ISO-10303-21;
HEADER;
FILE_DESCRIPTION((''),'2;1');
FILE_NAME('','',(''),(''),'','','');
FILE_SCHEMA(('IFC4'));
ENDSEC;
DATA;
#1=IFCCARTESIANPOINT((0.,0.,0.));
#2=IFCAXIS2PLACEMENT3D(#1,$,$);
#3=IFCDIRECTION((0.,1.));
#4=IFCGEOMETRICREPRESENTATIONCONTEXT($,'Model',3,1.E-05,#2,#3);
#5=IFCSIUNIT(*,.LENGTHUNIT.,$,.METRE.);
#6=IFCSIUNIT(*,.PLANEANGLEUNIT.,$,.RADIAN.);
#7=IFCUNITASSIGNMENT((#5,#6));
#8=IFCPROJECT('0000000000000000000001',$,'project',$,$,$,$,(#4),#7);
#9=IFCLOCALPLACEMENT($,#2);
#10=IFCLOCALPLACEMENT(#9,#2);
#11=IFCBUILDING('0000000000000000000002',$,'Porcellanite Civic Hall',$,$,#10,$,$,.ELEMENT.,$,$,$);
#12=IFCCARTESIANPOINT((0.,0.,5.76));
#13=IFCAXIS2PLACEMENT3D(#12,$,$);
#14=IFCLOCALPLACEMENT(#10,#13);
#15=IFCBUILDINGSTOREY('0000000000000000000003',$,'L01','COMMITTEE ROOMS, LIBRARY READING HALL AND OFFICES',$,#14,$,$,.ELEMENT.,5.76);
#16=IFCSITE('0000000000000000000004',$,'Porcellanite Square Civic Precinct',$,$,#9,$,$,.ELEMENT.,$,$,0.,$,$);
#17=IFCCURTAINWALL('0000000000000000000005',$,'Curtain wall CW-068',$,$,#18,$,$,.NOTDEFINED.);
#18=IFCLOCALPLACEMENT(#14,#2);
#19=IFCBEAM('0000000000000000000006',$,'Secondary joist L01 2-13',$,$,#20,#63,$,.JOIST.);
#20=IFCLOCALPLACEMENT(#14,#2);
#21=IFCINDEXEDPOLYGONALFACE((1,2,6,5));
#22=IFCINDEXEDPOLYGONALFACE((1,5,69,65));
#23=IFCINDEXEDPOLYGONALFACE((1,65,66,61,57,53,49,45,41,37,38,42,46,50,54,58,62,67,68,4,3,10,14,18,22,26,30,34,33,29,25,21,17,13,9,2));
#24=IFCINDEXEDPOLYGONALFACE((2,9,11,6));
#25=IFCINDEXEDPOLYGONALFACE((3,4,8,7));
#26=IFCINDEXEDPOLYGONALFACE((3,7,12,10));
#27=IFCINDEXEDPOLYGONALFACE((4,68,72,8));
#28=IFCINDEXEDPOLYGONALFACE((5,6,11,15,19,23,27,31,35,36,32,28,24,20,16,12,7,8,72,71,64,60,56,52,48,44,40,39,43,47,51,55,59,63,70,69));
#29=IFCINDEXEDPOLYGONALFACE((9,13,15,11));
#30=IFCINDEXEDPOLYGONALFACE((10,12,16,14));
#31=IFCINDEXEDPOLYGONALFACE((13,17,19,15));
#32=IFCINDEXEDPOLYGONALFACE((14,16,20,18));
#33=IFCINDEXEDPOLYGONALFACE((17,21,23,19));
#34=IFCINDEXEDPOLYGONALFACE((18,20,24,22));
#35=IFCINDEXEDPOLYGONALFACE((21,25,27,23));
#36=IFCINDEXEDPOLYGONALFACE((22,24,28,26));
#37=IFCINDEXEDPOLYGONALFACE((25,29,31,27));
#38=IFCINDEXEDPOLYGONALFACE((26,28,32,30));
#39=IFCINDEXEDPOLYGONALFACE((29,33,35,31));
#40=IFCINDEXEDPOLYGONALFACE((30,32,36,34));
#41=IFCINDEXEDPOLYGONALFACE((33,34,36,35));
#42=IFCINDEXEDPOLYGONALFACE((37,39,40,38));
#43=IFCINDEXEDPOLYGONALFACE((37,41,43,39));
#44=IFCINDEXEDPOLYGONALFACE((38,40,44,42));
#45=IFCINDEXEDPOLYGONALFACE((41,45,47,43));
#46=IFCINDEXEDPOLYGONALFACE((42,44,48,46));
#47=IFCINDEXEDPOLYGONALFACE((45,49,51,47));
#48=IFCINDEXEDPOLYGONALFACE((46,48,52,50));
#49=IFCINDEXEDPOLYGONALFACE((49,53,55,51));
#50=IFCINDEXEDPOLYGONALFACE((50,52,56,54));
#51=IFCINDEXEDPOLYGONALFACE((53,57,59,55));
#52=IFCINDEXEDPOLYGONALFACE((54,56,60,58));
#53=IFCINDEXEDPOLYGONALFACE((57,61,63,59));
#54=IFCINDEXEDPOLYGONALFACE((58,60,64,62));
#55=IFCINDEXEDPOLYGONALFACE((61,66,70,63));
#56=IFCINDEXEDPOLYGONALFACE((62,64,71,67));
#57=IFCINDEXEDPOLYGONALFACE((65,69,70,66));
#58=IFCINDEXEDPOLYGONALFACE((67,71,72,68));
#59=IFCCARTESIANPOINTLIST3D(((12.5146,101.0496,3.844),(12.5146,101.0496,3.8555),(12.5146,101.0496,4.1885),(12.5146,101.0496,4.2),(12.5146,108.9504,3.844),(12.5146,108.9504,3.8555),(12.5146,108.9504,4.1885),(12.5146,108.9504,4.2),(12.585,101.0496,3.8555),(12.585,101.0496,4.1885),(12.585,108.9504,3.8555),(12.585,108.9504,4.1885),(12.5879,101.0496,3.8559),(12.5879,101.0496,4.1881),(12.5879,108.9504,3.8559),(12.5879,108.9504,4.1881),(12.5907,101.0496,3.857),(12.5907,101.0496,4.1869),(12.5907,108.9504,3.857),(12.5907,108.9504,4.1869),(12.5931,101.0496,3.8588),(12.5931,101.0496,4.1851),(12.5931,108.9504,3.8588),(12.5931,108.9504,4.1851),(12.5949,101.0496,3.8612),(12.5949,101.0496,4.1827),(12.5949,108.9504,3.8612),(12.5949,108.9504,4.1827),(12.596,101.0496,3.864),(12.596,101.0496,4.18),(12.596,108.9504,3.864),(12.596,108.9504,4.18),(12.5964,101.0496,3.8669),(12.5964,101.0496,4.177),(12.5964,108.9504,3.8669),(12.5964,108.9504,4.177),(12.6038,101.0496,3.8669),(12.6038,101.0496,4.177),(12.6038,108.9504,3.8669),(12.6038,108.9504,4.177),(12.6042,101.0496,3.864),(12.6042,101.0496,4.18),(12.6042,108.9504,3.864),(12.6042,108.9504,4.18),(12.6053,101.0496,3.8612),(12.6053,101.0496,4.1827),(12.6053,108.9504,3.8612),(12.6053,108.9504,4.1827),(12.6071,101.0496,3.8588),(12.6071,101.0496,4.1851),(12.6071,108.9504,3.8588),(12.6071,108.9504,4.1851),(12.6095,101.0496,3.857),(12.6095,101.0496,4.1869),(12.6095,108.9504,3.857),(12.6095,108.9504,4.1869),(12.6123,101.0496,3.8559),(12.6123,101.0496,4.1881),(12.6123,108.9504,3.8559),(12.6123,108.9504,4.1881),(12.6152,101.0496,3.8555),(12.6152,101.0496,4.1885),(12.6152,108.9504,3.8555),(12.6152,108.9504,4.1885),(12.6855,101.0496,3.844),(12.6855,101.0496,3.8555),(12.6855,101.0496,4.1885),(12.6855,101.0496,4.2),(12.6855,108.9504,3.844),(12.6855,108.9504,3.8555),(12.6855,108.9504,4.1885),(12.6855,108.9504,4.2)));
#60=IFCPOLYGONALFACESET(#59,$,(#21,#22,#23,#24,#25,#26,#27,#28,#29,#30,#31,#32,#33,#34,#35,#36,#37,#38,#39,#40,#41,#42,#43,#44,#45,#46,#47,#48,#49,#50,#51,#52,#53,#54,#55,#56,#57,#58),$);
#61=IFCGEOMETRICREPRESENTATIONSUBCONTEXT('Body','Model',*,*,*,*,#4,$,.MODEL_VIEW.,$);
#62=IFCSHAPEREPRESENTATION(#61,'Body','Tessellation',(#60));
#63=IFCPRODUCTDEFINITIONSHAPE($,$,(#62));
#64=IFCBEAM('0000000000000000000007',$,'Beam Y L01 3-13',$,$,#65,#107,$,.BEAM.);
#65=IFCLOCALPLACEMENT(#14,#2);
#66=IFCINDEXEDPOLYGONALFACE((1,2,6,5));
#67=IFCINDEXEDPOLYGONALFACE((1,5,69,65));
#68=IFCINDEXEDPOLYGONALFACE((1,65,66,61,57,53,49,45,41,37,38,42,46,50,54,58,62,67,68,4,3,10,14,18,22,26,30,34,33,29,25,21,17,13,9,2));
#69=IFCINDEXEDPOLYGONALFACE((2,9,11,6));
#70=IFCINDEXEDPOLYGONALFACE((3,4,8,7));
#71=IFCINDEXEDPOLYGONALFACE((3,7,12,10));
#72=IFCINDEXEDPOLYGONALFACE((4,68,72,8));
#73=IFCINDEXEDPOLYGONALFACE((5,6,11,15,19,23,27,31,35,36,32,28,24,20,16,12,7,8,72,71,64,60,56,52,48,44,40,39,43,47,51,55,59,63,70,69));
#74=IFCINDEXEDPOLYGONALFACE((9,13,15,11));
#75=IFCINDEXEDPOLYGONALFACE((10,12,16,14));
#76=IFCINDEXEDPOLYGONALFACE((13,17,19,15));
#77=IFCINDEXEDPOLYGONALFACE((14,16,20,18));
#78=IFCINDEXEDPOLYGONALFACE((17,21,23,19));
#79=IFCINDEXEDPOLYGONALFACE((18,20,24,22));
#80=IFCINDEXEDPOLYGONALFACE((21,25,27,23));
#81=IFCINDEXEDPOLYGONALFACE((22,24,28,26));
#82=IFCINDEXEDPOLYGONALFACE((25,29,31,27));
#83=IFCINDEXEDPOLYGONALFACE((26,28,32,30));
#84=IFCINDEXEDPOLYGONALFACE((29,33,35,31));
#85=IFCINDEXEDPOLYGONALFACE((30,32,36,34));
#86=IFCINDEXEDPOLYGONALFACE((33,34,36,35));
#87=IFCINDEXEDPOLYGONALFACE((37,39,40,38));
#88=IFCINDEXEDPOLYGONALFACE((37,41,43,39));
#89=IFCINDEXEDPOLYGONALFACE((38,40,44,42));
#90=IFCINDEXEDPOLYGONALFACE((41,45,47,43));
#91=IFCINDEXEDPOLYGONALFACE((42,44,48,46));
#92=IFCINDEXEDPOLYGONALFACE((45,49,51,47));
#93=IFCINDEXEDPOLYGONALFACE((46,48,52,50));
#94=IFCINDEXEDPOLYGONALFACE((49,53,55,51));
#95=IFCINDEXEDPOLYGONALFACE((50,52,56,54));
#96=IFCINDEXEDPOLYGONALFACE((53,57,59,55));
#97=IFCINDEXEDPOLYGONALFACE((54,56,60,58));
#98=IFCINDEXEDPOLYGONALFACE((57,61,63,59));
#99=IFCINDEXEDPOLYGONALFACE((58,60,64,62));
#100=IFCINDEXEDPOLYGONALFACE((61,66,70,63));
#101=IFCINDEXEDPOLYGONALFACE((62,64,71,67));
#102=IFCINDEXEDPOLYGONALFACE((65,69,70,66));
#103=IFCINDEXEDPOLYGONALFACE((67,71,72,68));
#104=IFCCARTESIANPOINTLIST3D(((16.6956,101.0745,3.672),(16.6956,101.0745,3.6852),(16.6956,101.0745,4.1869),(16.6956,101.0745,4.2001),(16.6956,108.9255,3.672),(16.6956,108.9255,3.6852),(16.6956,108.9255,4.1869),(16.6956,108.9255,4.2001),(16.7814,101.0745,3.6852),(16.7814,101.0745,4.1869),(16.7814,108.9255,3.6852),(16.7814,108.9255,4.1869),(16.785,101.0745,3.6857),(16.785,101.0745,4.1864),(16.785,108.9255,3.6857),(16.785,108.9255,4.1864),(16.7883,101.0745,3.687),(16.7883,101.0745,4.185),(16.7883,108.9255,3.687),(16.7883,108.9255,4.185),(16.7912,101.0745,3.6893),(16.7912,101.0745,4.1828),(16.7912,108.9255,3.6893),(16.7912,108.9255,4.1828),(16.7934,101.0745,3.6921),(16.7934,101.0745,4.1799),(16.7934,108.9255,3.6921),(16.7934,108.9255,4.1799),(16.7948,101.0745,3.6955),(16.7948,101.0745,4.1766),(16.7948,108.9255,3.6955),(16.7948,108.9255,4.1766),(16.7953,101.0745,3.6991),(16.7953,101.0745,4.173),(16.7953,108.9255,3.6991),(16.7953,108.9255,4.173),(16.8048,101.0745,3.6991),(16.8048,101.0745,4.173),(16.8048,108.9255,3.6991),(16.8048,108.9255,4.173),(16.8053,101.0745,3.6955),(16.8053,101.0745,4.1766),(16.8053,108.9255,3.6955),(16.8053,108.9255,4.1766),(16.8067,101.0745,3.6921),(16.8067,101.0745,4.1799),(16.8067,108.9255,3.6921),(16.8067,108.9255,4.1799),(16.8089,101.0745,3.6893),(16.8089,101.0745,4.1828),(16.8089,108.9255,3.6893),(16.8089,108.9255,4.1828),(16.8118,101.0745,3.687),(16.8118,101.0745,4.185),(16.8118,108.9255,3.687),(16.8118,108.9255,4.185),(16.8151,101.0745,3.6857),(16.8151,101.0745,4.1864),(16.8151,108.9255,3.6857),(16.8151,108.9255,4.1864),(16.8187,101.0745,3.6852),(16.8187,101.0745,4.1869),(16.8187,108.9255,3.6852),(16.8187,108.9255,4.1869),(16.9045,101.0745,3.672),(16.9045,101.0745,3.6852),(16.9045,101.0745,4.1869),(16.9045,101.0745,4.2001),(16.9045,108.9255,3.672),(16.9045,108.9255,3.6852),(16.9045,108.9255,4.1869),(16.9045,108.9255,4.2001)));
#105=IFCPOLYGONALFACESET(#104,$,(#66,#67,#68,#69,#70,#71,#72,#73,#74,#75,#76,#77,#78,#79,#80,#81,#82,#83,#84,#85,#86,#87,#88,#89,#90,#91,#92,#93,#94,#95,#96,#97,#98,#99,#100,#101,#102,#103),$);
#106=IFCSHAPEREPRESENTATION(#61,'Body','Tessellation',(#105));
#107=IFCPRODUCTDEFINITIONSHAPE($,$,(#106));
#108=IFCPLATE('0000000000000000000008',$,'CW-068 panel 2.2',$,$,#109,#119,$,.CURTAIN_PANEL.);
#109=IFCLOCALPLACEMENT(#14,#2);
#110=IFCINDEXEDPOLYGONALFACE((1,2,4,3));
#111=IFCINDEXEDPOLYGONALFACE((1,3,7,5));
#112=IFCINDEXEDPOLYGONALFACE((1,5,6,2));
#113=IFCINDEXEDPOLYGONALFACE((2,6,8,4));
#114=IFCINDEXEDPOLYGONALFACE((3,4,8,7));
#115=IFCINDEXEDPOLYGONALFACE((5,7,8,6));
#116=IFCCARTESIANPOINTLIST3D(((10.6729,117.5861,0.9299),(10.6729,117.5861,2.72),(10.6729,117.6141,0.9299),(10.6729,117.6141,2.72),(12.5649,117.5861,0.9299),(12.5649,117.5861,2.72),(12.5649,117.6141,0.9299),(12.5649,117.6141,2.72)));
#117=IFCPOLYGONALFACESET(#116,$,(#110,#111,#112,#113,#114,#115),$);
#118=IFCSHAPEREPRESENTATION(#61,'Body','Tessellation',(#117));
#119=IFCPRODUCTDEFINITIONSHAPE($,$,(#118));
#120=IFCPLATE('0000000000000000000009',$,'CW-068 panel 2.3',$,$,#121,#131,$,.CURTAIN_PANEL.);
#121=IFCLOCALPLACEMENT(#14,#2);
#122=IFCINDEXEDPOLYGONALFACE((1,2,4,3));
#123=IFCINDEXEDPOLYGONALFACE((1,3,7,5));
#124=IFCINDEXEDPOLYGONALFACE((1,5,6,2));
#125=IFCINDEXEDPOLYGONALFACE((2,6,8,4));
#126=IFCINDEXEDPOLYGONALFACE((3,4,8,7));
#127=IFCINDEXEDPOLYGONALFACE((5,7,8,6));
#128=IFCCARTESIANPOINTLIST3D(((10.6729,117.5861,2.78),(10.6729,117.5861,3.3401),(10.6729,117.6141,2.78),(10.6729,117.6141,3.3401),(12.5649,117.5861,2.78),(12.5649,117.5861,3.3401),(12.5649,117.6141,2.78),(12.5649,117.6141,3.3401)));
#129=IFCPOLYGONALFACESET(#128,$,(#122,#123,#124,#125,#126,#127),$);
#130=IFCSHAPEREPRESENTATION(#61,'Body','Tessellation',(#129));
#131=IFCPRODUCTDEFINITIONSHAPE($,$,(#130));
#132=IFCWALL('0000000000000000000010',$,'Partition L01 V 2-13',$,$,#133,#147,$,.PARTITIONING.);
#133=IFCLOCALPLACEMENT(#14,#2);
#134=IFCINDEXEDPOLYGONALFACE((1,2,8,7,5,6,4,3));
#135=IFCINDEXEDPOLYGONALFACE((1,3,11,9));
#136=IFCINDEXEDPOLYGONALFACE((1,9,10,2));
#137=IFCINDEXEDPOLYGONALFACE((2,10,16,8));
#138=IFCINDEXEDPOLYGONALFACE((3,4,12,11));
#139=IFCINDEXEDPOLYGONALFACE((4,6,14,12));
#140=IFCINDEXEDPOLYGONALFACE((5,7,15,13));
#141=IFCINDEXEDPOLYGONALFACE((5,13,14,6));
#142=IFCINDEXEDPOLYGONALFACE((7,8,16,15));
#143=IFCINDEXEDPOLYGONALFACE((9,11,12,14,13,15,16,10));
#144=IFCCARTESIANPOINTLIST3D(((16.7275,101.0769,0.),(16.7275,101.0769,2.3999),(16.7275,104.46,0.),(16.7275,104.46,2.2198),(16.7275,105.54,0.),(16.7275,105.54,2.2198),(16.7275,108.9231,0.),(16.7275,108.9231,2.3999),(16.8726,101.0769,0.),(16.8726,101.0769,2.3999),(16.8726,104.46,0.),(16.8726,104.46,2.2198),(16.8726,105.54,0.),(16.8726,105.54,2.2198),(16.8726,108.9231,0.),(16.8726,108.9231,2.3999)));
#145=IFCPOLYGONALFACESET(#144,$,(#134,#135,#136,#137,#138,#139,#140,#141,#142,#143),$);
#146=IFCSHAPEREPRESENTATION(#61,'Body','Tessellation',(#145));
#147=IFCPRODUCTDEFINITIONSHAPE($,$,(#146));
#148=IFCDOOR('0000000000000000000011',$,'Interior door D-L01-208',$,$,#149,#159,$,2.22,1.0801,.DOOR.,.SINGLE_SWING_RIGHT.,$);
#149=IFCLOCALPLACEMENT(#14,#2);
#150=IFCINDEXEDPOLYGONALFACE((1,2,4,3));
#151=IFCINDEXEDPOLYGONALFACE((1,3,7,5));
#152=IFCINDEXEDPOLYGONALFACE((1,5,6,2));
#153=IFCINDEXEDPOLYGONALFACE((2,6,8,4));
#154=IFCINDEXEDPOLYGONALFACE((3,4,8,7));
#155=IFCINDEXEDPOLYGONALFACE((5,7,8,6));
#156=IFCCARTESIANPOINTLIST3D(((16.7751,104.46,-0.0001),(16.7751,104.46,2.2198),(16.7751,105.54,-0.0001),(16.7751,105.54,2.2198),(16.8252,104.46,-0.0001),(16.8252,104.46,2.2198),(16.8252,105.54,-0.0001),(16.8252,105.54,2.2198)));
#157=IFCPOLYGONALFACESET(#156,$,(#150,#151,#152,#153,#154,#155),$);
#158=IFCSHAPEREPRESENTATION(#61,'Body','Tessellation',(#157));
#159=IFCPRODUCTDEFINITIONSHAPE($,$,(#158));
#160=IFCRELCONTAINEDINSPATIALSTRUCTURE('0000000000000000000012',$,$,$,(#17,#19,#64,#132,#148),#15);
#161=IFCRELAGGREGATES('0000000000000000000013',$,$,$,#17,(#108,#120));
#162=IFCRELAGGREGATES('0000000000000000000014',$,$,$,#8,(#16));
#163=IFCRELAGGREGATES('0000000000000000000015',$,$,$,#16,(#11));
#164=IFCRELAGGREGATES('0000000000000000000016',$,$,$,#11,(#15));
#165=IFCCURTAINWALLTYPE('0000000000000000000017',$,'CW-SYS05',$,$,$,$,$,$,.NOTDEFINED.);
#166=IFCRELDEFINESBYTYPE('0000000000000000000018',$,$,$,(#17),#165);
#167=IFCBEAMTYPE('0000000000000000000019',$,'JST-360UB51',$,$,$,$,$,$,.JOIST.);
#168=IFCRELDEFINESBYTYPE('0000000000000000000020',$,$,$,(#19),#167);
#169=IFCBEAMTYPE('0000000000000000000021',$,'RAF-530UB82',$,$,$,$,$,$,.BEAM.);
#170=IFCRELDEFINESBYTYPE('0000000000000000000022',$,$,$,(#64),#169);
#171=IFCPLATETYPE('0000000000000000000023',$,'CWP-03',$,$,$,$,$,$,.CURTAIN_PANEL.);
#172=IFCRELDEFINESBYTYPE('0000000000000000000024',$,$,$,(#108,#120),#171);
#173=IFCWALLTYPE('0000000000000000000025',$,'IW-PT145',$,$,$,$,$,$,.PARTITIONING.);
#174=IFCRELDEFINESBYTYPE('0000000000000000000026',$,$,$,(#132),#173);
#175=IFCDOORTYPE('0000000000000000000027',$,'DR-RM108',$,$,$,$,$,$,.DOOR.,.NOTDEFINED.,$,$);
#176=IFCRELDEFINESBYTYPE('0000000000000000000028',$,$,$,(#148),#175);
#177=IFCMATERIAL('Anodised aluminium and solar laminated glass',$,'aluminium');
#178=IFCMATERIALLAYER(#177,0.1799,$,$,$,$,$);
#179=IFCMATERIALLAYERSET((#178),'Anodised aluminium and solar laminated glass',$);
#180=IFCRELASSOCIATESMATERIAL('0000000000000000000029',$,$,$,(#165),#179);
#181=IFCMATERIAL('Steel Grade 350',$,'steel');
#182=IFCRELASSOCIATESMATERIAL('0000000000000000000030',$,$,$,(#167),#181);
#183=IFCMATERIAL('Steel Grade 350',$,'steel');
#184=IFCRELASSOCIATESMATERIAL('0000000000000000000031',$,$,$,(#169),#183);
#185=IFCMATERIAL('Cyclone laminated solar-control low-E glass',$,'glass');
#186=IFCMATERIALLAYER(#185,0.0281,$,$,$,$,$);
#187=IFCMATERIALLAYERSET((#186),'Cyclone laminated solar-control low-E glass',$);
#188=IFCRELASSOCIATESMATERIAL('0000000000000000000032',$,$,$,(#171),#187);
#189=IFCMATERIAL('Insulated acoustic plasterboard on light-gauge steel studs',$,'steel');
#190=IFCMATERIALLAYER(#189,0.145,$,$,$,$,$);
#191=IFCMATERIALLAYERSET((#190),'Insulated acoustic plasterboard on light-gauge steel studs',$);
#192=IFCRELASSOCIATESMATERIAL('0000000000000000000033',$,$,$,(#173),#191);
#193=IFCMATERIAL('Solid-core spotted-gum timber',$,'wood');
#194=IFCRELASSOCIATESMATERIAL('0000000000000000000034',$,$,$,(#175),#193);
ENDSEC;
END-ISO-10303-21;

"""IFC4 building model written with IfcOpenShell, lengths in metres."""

from ifc_helpers import new_model, si_unit, direction, frame, frame_2d, origin, origin_2d, place, context, subcontext, project, spatial, rectangle, i_section, extrude, material, layer, layer_set, material_profile, profile_set, type_object, element, fill, aggregate, save


model = new_model("IFC4")

# Units and contexts
model_context = context("Model", 3, precision=1e-05, world=origin(), true_north=direction((0.0, 1.0)))
body_context = subcontext(model_context, "Body", "Model", "MODEL_VIEW")
ifc_project = project(units=[si_unit("LENGTHUNIT", "METRE"), si_unit("PLANEANGLEUNIT", "RADIAN")], contexts=[model_context])

# Site, building, storey
site_placement = place(None, origin())
site = spatial("IfcSite", under=ifc_project, at=site_placement, Name="Porcellanite Square Civic Precinct", CompositionType="ELEMENT", RefElevation=0.0)
building_placement = place(site_placement, origin())
building = spatial("IfcBuilding", under=site, at=building_placement, Name="Porcellanite Civic Hall", CompositionType="ELEMENT")
storey_placement = place(building_placement, frame((0.0, 0.0, 5.76)))
storey = spatial("IfcBuildingStorey", under=building, at=storey_placement, Name="L01", Description="COMMITTEE ROOMS, LIBRARY READING HALL AND OFFICES", CompositionType="ELEMENT", Elevation=5.76)

# Curtain wall
ifc_material_1 = material(Name="Anodised aluminium and solar laminated glass", Category="aluminium")
ifc_layer_1 = layer(ifc_material_1, 0.1799)
ifc_layer_set_1 = layer_set([ifc_layer_1], Name="Anodised aluminium and solar laminated glass")
curtain_wall_type = type_object("IfcCurtainWallType", Name="CW-SYS05", PredefinedType="NOTDEFINED", material=ifc_layer_set_1)
curtain_wall_placement = place(storey_placement, origin())
curtain_wall = element("IfcCurtainWall", 1, at=curtain_wall_placement, inside=storey, type_object=curtain_wall_type, Name="Curtain wall CW-068", PredefinedType="NOTDEFINED")

# Beams
ifc_material_2 = material(Name="Steel Grade 350", Category="steel")
ifc_material_profile_1 = material_profile(ifc_material_2, i_section(OverallWidth=0.1709, OverallDepth=0.356, WebThickness=0.0073, FlangeThickness=0.0115, FilletRadius=0.0115, at=origin_2d()), Name="360UB50.7")
ifc_profile_set_1 = profile_set([ifc_material_profile_1], Name="Steel Grade 350")
beam_type_1 = type_object("IfcBeamType", Name="JST-360UB51", PredefinedType="JOIST", material=ifc_profile_set_1)
beam_1_placement = place(storey_placement, frame((12.6001, 101.0496, 4.022), z_axis=(0.0, 1.0, 0.0), x_axis=(-1.0, 0.0, 0.0)))
element("IfcBeam", 2, at=beam_1_placement, inside=storey, type_object=beam_type_1, Name="Secondary joist L01 2-13", PredefinedType="JOIST", context=body_context, shape_type="SweptSolid", body=[
    extrude(i_section(OverallWidth=0.1709, OverallDepth=0.356, WebThickness=0.0073, FlangeThickness=0.0115, FilletRadius=0.0115, at=origin_2d()), origin(), (0.0, 0.0, 1.0), 7.9009),
])
ifc_material_3 = material(Name="Steel Grade 350", Category="steel")
ifc_material_profile_2 = material_profile(ifc_material_3, i_section(OverallWidth=0.209, OverallDepth=0.5281, WebThickness=0.0095, FlangeThickness=0.0132, FilletRadius=0.0139, at=origin_2d()), Name="530UB82.0")
ifc_profile_set_2 = profile_set([ifc_material_profile_2], Name="Steel Grade 350")
beam_type_2 = type_object("IfcBeamType", Name="RAF-530UB82", PredefinedType="BEAM", material=ifc_profile_set_2)
beam_2_placement = place(storey_placement, frame((16.8, 101.0745, 3.936), z_axis=(0.0, 1.0, 0.0), x_axis=(-1.0, 0.0, 0.0)))
element("IfcBeam", 3, at=beam_2_placement, inside=storey, type_object=beam_type_2, Name="Beam Y L01 3-13", PredefinedType="BEAM", context=body_context, shape_type="SweptSolid", body=[
    extrude(i_section(OverallWidth=0.209, OverallDepth=0.5281, WebThickness=0.0095, FlangeThickness=0.0132, FilletRadius=0.0139, at=origin_2d()), origin(), (0.0, 0.0, 1.0), 7.8511),
])

# Plates
ifc_material_4 = material(Name="Cyclone laminated solar-control low-E glass", Category="glass")
ifc_layer_2 = layer(ifc_material_4, 0.0281)
ifc_layer_set_2 = layer_set([ifc_layer_2], Name="Cyclone laminated solar-control low-E glass")
plate_type = type_object("IfcPlateType", Name="CWP-03", PredefinedType="CURTAIN_PANEL", material=ifc_layer_set_2)
plate_1_placement = place(storey_placement, frame((11.6189, 117.6001, 0.9299), z_axis=(0.0, 0.0, 1.0), x_axis=(1.0, 0.0, 0.0)))
plate_1 = element("IfcPlate", 4, at=plate_1_placement, type_object=plate_type, Name="CW-068 panel 2.2", PredefinedType="CURTAIN_PANEL", context=body_context, shape_type="SweptSolid", body=[
    extrude(rectangle(XDim=1.8921, YDim=0.0281, at=origin_2d()), origin(), (0.0, 0.0, 1.0), 1.79),
])
plate_2_placement = place(storey_placement, frame((11.6189, 117.6001, 2.78), z_axis=(0.0, 0.0, 1.0), x_axis=(1.0, 0.0, 0.0)))
plate_2 = element("IfcPlate", 5, at=plate_2_placement, type_object=plate_type, Name="CW-068 panel 2.3", PredefinedType="CURTAIN_PANEL", context=body_context, shape_type="SweptSolid", body=[
    extrude(rectangle(XDim=1.8921, YDim=0.0281, at=origin_2d()), origin(), (0.0, 0.0, 1.0), 0.5601),
])
aggregate(curtain_wall, [plate_1, plate_2])

# Wall, opening, door
ifc_material_5 = material(Name="Insulated acoustic plasterboard on light-gauge steel studs", Category="steel")
ifc_layer_3 = layer(ifc_material_5, 0.145)
ifc_layer_set_3 = layer_set([ifc_layer_3], Name="Insulated acoustic plasterboard on light-gauge steel studs")
wall_type_1 = type_object("IfcWallType", Name="IW-PT145", PredefinedType="PARTITIONING", material=ifc_layer_set_3)
wall_1_placement = place(storey_placement, frame((16.8, 101.0769, 0.0), z_axis=(0.0, 0.0, 1.0), x_axis=(0.0, 1.0, 0.0)))
wall_1 = element("IfcWall", 6, at=wall_1_placement, inside=storey, type_object=wall_type_1, Name="Partition L01 V 2-13", PredefinedType="PARTITIONING", context=body_context, shape_type="SweptSolid", body=[
    extrude(rectangle(XDim=7.8462, YDim=0.145, at=frame_2d((3.9231, 0.0))), origin(), (0.0, 0.0, 1.0), 2.3999),
])
opening_1_placement = place(wall_1_placement, frame((3.3831, 0.0, 0.0)))
opening_1 = element("IfcOpeningElement", 7, at=opening_1_placement, cuts=wall_1, PredefinedType="OPENING", context=body_context, shape_type="SweptSolid", body=[
    extrude(rectangle(XDim=1.0801, YDim=2.22, at=frame_2d((0.54, 1.1099))), frame((0.0, 0.0725, 0.0), z_axis=(0.0, -1.0, 0.0), x_axis=(1.0, 0.0, 0.0)), (0.0, 0.0, 1.0), 0.145),
])
ifc_material_6 = material(Name="Solid-core spotted-gum timber", Category="wood")
door_type_1 = type_object("IfcDoorType", Name="DR-RM108", OperationType="NOTDEFINED", PredefinedType="DOOR", material=ifc_material_6)
door_1_placement = place(opening_1_placement, origin())
door_1 = element("IfcDoor", 8, at=door_1_placement, inside=storey, type_object=door_type_1, Name="Interior door D-L01-208", OperationType="SINGLE_SWING_RIGHT", OverallHeight=2.22, OverallWidth=1.0801, PredefinedType="DOOR", context=body_context, shape_type="SweptSolid", body=[
    extrude(rectangle(XDim=1.0801, YDim=2.22, at=frame_2d((0.54, 1.1099))), frame((0.0, 0.0249, 0.0), z_axis=(0.0, -1.0, 0.0), x_axis=(1.0, 0.0, 0.0)), (0.0, 0.0, 1.0), 0.05),
])
fill(opening_1, door_1)

save(model, "model.ifc")
